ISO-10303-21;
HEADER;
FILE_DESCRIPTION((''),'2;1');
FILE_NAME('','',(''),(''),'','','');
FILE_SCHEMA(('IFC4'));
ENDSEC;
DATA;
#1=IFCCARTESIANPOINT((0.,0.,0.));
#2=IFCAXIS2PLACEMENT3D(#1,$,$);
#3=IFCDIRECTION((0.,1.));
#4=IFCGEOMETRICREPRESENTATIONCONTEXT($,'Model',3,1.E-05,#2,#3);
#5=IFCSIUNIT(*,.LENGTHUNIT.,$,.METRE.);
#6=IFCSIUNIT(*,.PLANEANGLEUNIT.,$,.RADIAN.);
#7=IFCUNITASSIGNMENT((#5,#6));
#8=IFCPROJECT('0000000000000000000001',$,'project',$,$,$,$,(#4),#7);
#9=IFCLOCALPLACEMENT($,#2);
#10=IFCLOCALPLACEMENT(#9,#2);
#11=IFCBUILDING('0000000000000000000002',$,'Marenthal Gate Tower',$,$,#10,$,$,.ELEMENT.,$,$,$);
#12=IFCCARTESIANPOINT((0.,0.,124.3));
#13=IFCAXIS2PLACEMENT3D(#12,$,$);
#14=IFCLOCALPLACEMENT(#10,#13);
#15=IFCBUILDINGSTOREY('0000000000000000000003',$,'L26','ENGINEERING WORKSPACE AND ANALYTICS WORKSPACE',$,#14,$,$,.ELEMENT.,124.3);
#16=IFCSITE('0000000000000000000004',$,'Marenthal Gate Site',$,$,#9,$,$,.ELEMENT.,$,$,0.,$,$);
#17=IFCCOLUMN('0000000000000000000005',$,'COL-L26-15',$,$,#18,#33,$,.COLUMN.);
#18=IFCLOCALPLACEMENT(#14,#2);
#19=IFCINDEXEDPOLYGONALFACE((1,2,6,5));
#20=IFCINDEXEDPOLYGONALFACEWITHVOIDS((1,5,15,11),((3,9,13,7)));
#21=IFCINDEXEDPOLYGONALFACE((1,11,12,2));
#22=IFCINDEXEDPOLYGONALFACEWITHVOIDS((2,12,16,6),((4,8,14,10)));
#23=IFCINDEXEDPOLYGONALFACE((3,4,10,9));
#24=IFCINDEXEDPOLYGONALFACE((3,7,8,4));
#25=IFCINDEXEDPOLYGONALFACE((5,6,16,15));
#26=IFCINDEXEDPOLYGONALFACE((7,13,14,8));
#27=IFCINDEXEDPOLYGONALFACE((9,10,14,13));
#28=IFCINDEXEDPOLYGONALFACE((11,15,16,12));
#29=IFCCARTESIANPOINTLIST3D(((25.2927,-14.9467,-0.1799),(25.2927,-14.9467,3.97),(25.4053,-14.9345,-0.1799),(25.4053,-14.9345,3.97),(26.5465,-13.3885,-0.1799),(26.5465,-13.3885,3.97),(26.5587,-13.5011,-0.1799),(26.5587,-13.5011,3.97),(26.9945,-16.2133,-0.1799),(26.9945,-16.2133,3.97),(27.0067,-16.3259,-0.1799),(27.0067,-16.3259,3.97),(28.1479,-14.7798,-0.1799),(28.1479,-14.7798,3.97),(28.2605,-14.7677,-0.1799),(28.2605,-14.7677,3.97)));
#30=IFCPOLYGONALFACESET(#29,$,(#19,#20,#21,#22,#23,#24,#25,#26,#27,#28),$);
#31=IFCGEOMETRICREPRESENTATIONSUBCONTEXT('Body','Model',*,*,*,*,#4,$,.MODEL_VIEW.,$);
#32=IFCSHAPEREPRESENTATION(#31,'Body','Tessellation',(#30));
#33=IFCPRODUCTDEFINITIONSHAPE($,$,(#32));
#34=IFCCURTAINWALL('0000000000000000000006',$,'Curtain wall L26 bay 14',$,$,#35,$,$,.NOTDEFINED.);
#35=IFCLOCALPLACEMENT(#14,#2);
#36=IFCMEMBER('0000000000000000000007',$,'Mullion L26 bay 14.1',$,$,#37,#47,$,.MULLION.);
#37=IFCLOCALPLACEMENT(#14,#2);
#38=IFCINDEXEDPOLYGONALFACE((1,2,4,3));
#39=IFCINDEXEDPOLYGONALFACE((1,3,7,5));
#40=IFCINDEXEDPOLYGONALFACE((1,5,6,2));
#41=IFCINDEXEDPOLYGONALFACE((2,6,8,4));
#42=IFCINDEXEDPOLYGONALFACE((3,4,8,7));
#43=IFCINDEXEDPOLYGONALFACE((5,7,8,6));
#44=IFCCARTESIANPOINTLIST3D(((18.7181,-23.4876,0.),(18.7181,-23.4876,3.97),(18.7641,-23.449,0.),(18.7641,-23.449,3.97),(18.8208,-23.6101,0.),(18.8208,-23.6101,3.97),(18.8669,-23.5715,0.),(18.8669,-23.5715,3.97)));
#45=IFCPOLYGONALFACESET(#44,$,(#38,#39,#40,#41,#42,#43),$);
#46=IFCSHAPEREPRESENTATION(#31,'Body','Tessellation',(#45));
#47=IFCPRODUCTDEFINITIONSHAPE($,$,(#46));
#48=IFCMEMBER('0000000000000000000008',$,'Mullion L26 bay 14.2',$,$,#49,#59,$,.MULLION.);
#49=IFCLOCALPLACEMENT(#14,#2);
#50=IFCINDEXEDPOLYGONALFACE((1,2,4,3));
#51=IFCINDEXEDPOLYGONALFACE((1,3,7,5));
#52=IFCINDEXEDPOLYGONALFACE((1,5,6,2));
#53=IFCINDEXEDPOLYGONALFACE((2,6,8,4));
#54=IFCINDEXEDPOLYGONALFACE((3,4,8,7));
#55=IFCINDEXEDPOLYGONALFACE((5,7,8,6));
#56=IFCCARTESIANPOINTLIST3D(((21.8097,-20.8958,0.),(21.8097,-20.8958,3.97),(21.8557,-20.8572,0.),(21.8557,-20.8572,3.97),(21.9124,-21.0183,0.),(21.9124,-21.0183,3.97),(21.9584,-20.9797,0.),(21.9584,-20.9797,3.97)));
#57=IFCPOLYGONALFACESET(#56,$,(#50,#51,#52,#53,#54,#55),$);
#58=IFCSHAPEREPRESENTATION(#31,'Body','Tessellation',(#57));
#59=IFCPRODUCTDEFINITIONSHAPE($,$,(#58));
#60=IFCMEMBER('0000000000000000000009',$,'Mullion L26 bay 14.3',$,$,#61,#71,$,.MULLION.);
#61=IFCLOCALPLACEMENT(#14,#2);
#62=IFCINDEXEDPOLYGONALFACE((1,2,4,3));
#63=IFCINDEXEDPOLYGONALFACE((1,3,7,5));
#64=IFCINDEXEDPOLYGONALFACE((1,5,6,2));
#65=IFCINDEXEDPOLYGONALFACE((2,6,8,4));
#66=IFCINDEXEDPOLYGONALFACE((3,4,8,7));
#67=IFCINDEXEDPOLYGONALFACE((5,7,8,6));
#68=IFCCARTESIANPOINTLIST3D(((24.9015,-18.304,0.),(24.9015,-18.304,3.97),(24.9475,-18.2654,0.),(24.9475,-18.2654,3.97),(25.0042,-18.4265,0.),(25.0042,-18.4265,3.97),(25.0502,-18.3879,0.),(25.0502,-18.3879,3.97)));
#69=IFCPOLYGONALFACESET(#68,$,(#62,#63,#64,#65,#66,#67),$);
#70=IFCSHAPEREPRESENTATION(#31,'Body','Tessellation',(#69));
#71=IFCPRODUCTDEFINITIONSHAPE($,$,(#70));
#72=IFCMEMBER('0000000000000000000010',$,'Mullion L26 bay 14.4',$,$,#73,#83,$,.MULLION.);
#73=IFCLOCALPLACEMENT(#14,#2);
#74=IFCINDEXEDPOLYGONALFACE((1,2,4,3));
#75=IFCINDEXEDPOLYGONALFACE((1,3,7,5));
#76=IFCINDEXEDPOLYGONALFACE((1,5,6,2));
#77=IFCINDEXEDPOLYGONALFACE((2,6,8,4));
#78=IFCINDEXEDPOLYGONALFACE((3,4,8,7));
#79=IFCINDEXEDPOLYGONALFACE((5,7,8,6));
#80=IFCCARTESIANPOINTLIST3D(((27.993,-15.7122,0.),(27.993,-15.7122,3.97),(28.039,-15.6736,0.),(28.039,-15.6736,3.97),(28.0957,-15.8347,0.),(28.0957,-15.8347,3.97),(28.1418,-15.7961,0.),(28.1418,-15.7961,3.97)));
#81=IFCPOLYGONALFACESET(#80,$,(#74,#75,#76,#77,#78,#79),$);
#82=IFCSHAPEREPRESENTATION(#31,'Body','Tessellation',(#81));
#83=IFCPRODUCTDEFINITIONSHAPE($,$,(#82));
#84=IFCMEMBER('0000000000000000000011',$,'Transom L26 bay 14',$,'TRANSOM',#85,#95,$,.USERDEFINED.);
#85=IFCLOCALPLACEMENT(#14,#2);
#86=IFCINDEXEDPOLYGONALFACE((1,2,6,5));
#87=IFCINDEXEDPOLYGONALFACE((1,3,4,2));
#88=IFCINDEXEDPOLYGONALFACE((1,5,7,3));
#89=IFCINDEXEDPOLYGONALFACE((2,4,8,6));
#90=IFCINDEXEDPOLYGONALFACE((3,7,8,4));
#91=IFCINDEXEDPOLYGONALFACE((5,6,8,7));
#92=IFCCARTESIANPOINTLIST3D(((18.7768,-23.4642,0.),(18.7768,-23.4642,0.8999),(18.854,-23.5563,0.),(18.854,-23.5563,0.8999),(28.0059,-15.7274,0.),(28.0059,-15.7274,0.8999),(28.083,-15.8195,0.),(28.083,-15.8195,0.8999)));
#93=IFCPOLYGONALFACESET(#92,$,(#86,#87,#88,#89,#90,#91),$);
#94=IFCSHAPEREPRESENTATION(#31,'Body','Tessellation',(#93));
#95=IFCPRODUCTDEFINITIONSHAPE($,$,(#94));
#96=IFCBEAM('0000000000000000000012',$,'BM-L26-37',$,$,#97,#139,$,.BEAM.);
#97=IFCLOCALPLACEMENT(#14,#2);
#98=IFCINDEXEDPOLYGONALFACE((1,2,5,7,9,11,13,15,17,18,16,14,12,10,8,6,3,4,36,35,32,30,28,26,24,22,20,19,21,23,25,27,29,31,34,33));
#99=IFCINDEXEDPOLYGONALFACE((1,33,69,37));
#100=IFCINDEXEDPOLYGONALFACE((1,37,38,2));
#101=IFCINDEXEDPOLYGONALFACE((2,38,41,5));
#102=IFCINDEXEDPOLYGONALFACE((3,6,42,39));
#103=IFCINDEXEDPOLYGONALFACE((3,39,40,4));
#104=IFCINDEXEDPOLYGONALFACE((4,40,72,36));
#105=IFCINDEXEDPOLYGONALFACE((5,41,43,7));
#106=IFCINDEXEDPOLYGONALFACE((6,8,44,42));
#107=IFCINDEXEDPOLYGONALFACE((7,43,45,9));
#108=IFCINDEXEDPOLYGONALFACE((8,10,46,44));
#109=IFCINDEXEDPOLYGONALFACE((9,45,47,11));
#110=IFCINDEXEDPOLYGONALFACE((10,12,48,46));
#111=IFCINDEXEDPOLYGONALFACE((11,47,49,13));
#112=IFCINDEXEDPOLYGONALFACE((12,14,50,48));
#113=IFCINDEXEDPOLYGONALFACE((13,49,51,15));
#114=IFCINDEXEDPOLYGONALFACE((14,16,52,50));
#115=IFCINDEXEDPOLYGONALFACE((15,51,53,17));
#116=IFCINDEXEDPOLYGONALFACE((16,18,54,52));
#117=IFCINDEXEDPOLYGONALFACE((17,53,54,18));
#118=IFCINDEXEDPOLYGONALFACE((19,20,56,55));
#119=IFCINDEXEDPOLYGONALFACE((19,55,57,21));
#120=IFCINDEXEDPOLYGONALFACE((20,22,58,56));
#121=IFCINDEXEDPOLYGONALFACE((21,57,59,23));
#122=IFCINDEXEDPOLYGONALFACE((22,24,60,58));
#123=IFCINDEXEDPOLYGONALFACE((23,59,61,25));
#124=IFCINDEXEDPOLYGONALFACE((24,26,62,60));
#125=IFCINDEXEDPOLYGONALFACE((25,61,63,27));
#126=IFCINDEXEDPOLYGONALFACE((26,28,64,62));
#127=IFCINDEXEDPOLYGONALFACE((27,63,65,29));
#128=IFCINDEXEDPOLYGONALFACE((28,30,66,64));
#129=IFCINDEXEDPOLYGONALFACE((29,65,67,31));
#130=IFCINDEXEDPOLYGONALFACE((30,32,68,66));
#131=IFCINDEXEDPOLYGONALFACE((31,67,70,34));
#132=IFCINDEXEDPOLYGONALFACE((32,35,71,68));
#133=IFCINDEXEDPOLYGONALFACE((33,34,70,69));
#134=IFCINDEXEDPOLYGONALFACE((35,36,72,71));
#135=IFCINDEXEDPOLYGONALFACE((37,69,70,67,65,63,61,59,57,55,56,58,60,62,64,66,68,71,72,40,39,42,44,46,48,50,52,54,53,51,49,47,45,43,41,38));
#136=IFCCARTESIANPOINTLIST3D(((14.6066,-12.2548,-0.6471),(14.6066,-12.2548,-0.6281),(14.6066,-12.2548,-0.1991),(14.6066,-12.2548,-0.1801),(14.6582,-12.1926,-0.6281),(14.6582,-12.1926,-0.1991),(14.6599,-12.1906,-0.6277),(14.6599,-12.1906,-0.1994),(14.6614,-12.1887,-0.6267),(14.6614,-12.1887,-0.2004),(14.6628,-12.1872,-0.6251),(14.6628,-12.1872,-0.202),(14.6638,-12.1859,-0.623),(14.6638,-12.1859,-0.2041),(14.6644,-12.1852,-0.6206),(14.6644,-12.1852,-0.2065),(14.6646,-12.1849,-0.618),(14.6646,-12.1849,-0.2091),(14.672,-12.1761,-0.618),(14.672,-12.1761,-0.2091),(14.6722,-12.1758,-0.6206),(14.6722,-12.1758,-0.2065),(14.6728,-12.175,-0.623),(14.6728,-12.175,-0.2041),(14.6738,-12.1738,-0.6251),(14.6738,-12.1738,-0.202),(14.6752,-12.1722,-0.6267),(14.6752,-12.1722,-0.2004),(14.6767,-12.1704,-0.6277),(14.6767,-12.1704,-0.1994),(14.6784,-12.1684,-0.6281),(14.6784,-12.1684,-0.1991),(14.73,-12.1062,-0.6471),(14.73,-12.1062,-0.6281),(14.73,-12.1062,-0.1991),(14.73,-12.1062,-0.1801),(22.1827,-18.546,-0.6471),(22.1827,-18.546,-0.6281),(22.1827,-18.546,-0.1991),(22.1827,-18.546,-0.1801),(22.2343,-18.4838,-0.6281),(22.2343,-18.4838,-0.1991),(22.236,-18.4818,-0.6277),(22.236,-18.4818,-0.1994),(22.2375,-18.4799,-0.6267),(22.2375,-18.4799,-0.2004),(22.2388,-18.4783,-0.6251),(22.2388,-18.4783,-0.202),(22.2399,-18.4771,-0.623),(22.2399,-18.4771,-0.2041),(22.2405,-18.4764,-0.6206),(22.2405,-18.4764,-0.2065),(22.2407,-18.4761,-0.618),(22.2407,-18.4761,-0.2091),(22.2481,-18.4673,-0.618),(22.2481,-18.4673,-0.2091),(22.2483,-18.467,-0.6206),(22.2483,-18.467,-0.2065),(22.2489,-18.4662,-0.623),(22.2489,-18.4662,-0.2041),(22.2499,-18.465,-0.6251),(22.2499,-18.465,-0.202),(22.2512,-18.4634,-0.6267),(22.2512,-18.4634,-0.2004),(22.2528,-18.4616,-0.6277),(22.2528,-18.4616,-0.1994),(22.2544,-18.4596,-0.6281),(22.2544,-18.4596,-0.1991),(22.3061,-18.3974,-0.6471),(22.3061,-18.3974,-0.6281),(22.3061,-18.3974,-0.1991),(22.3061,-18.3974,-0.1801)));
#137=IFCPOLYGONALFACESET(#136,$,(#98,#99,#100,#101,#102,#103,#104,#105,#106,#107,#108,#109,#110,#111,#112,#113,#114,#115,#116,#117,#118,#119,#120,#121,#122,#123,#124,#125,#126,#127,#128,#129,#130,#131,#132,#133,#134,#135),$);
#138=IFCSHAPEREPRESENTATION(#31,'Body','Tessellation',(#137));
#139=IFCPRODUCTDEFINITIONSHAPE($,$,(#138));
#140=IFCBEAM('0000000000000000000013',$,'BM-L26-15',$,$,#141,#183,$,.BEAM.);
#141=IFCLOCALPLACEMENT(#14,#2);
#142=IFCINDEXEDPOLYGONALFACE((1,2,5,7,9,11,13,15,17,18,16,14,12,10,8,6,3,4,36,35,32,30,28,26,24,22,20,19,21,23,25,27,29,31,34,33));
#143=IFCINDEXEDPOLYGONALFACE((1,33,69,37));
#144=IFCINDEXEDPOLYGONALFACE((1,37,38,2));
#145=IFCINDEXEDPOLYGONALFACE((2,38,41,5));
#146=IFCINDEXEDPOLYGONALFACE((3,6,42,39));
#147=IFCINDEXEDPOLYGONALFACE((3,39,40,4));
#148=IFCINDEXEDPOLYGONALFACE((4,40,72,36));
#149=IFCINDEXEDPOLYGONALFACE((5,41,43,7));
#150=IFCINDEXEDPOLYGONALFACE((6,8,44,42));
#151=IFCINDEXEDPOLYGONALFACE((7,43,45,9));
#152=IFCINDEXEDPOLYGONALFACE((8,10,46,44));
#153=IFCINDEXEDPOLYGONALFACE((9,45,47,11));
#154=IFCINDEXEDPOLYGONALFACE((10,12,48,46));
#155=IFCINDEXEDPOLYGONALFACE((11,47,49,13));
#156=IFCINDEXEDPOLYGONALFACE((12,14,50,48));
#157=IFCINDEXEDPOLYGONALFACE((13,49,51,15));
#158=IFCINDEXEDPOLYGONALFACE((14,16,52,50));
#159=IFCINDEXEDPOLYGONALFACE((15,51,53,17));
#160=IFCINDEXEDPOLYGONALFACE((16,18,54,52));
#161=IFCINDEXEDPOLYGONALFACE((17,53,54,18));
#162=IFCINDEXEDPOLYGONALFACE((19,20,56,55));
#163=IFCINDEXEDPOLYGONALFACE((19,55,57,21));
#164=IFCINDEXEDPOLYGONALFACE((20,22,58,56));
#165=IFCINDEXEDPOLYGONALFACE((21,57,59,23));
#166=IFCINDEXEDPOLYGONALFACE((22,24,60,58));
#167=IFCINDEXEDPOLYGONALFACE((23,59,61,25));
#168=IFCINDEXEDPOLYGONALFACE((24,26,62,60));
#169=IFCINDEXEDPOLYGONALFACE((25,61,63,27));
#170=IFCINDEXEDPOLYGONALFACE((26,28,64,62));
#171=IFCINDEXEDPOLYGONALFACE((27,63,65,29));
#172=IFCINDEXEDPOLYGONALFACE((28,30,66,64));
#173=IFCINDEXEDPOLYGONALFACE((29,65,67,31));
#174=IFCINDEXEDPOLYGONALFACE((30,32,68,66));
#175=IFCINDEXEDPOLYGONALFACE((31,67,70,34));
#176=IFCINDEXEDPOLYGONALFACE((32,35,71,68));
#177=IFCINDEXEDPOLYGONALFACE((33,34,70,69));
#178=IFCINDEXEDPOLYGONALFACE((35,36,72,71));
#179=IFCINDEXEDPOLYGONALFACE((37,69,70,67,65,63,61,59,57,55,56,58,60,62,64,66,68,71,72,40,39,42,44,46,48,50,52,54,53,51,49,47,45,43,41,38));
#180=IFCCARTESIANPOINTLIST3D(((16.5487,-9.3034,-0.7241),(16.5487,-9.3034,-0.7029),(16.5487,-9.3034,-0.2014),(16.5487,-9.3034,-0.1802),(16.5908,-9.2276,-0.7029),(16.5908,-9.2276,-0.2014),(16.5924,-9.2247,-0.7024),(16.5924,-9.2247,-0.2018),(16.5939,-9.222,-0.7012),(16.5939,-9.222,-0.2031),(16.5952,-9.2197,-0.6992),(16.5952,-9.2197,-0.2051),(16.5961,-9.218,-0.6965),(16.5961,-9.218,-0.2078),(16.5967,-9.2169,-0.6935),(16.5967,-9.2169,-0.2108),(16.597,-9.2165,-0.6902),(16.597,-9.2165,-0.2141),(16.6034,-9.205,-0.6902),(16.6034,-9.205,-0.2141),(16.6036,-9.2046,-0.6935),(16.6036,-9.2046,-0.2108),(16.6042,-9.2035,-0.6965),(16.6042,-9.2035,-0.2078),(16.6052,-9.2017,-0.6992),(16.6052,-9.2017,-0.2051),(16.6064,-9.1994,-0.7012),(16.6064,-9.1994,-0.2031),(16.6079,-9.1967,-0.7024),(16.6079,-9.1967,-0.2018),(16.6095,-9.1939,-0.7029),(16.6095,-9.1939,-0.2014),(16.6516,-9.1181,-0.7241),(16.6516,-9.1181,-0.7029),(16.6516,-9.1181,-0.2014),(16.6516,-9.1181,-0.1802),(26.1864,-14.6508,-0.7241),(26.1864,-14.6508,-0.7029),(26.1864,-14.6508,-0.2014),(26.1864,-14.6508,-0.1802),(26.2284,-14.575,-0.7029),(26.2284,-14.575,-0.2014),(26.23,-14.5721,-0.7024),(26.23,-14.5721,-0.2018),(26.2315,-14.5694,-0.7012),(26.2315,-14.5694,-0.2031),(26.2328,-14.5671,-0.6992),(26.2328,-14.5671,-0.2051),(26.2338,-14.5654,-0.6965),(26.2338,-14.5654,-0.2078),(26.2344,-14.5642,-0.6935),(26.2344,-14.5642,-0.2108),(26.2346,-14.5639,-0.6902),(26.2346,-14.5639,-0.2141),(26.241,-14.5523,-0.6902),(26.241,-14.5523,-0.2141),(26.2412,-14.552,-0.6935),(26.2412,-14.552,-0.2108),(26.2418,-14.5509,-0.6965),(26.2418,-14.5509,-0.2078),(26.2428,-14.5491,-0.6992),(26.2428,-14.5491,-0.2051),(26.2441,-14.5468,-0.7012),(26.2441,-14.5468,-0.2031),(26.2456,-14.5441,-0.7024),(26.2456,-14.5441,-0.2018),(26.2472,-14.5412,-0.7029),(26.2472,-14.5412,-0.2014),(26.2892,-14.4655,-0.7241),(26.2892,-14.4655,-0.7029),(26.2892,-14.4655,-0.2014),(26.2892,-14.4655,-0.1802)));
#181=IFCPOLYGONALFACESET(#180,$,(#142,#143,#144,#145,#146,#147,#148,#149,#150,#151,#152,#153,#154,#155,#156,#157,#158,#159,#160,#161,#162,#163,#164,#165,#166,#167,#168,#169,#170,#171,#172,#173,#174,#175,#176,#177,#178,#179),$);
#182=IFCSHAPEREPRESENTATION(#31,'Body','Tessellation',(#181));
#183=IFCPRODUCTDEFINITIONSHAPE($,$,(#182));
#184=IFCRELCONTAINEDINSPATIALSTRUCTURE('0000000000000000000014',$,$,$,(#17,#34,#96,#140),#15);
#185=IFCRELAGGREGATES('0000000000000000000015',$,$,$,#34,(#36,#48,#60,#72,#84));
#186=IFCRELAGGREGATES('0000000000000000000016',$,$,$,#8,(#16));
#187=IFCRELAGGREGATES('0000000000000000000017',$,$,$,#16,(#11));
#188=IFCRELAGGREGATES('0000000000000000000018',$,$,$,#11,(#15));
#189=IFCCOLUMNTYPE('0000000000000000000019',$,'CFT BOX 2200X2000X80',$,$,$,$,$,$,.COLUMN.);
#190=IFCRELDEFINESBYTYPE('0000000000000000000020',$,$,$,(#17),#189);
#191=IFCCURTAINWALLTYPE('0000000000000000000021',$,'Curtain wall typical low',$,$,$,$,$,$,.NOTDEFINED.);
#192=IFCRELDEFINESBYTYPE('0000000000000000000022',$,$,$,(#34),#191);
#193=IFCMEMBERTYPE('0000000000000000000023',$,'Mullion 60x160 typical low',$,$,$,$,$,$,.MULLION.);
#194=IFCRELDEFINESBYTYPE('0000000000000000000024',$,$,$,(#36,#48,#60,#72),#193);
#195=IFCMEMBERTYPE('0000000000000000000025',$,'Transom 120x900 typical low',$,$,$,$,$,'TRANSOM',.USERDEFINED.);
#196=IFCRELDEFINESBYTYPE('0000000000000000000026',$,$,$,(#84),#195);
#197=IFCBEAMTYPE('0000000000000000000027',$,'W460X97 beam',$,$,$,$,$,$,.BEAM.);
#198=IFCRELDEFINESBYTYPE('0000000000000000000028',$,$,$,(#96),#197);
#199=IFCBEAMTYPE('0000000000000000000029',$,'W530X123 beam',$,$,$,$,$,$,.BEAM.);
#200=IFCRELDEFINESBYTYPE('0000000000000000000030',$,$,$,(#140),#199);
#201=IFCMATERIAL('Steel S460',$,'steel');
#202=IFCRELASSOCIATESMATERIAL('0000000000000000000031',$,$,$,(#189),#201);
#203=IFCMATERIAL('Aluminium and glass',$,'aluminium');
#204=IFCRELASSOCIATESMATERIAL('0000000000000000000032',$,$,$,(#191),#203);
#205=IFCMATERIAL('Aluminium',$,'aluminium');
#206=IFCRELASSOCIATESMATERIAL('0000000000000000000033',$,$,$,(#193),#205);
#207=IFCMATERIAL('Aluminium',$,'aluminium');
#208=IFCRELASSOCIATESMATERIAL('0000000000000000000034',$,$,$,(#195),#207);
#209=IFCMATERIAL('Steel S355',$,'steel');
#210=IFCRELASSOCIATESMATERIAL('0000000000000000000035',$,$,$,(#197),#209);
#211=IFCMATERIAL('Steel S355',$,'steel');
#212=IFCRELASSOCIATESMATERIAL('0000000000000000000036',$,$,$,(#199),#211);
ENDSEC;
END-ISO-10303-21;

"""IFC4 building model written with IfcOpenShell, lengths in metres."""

from ifc_helpers import new_model, si_unit, direction, frame, origin, origin_2d, place, context, subcontext, project, spatial, rectangle, hollow_rectangle, i_section, extrude, material, material_profile, profile_set, type_object, element, aggregate, save


model = new_model("IFC4")

# Units and contexts
model_context = context("Model", 3, precision=1e-05, world=origin(), true_north=direction((0.0, 1.0)))
body_context = subcontext(model_context, "Body", "Model", "MODEL_VIEW")
ifc_project = project(units=[si_unit("LENGTHUNIT", "METRE"), si_unit("PLANEANGLEUNIT", "RADIAN")], contexts=[model_context])

# Site, building, storey
site_placement = place(None, origin())
site = spatial("IfcSite", under=ifc_project, at=site_placement, Name="Marenthal Gate Site", CompositionType="ELEMENT", RefElevation=0.0)
building_placement = place(site_placement, origin())
building = spatial("IfcBuilding", under=site, at=building_placement, Name="Marenthal Gate Tower", CompositionType="ELEMENT")
storey_placement = place(building_placement, frame((0.0, 0.0, 124.3)))
storey = spatial("IfcBuildingStorey", under=building, at=storey_placement, Name="L26", Description="ENGINEERING WORKSPACE AND ANALYTICS WORKSPACE", CompositionType="ELEMENT", Elevation=124.3)

# Column
ifc_material_1 = material(Name="Steel S460", Category="steel")
ifc_material_profile_1 = material_profile(ifc_material_1, hollow_rectangle(XDim=2.0, YDim=2.2, WallThickness=0.0801, at=origin_2d()), Name="CFT BOX 2200X2000X80")
ifc_material_2 = material(Name="Concrete 70 MPa", Category="concrete")
ifc_material_profile_2 = material_profile(ifc_material_2, rectangle(XDim=1.8401, YDim=2.04, at=origin_2d()), Name="CFT BOX 2200X2000X80 INFILL")
ifc_profile_set_1 = profile_set([ifc_material_profile_1, ifc_material_profile_2], Name="Steel S460 shell, Concrete 70 MPa infill")
column_type = type_object("IfcColumnType", Name="CFT BOX 2200X2000X80", PredefinedType="COLUMN", material=ifc_profile_set_1)
column_placement = place(storey_placement, frame((26.7766, -14.8572, -0.1799), z_axis=(0.0, 0.0, 1.0), x_axis=(-0.626903, -0.779097, 0.0)))
element("IfcColumn", 1, at=column_placement, inside=storey, type_object=column_type, Name="COL-L26-15", PredefinedType="COLUMN", context=body_context, shape_type="SweptSolid", body=[
    extrude(hollow_rectangle(XDim=2.0, YDim=2.2, WallThickness=0.0801, at=origin_2d()), origin(), (0.0, 0.0, 1.0), 4.1499),
])

# Curtain wall, members
ifc_material_3 = material(Name="Aluminium and glass", Category="aluminium")
curtain_wall_type = type_object("IfcCurtainWallType", Name="Curtain wall typical low", PredefinedType="NOTDEFINED", material=ifc_material_3)
curtain_wall_placement = place(storey_placement, origin())
curtain_wall = element("IfcCurtainWall", 2, at=curtain_wall_placement, inside=storey, type_object=curtain_wall_type, Name="Curtain wall L26 bay 14", PredefinedType="NOTDEFINED")
ifc_material_4 = material(Name="Aluminium", Category="aluminium")
ifc_material_profile_3 = material_profile(ifc_material_4, rectangle(XDim=0.1599, YDim=0.0601, at=origin_2d()), Name="60x160 aluminium mullion")
ifc_profile_set_2 = profile_set([ifc_material_profile_3], Name="Aluminium")
member_type_1 = type_object("IfcMemberType", Name="Mullion 60x160 typical low", PredefinedType="MULLION", material=ifc_profile_set_2)
member_1_placement = place(storey_placement, frame((18.7925, -23.5295, 0.0), z_axis=(0.0, 0.0, 1.0), x_axis=(-0.642438, 0.766338, 0.0)))
member_1 = element("IfcMember", 3, at=member_1_placement, type_object=member_type_1, Name="Mullion L26 bay 14.1", PredefinedType="MULLION", context=body_context, shape_type="SweptSolid", body=[
    extrude(rectangle(XDim=0.1599, YDim=0.0601, at=origin_2d()), origin(), (0.0, 0.0, 1.0), 3.97),
])
member_2_placement = place(storey_placement, frame((21.884, -20.9377, 0.0), z_axis=(0.0, 0.0, 1.0), x_axis=(-0.642438, 0.766338, 0.0)))
member_2 = element("IfcMember", 4, at=member_2_placement, type_object=member_type_1, Name="Mullion L26 bay 14.2", PredefinedType="MULLION", context=body_context, shape_type="SweptSolid", body=[
    extrude(rectangle(XDim=0.1599, YDim=0.0601, at=origin_2d()), origin(), (0.0, 0.0, 1.0), 3.97),
])
member_3_placement = place(storey_placement, frame((24.9758, -18.3459, 0.0), z_axis=(0.0, 0.0, 1.0), x_axis=(-0.642438, 0.766338, 0.0)))
member_3 = element("IfcMember", 5, at=member_3_placement, type_object=member_type_1, Name="Mullion L26 bay 14.3", PredefinedType="MULLION", context=body_context, shape_type="SweptSolid", body=[
    extrude(rectangle(XDim=0.1599, YDim=0.0601, at=origin_2d()), origin(), (0.0, 0.0, 1.0), 3.97),
])
member_4_placement = place(storey_placement, frame((28.0674, -15.7542, 0.0), z_axis=(0.0, 0.0, 1.0), x_axis=(-0.642438, 0.766338, 0.0)))
member_4 = element("IfcMember", 6, at=member_4_placement, type_object=member_type_1, Name="Mullion L26 bay 14.4", PredefinedType="MULLION", context=body_context, shape_type="SweptSolid", body=[
    extrude(rectangle(XDim=0.1599, YDim=0.0601, at=origin_2d()), origin(), (0.0, 0.0, 1.0), 3.97),
])
ifc_material_5 = material(Name="Aluminium", Category="aluminium")
ifc_material_profile_4 = material_profile(ifc_material_5, rectangle(XDim=0.1201, YDim=0.8999, at=origin_2d()), Name="120x900 aluminium transom")
ifc_profile_set_3 = profile_set([ifc_material_profile_4], Name="Aluminium")
member_type_2 = type_object("IfcMemberType", Name="Transom 120x900 typical low", ElementType="TRANSOM", PredefinedType="USERDEFINED", material=ifc_profile_set_3)
member_5_placement = place(storey_placement, frame((18.8154, -23.5103, 0.45), z_axis=(0.76634, 0.642435, 0.0), x_axis=(-0.642435, 0.76634, 0.0)))
member_5 = element("IfcMember", 7, at=member_5_placement, type_object=member_type_2, Name="Transom L26 bay 14", ObjectType="TRANSOM", PredefinedType="USERDEFINED", context=body_context, shape_type="SweptSolid", body=[
    extrude(rectangle(XDim=0.1201, YDim=0.8999, at=origin_2d()), origin(), (0.0, 0.0, 1.0), 12.043),
])

# Beams
ifc_material_6 = material(Name="Steel S355", Category="steel")
ifc_material_profile_5 = material_profile(ifc_material_6, i_section(OverallWidth=0.1931, OverallDepth=0.467, WebThickness=0.0115, FlangeThickness=0.019, FilletRadius=0.01, at=origin_2d()), Name="W460X97")
ifc_profile_set_4 = profile_set([ifc_material_profile_5], Name="Steel S355")
beam_type_1 = type_object("IfcBeamType", Name="W460X97 beam", PredefinedType="BEAM", material=ifc_profile_set_4)
beam_1_placement = place(storey_placement, frame((22.2444, -18.4717, -0.4136), z_axis=(-0.76933, 0.638852, 0.0), x_axis=(-0.638852, -0.76933, 0.0)))
element("IfcBeam", 8, at=beam_1_placement, inside=storey, type_object=beam_type_1, Name="BM-L26-37", PredefinedType="BEAM", context=body_context, shape_type="SweptSolid", body=[
    extrude(i_section(OverallWidth=0.1931, OverallDepth=0.467, WebThickness=0.0115, FlangeThickness=0.019, FilletRadius=0.01, at=origin_2d()), origin(), (0.0, 0.0, 1.0), 9.8477),
])
ifc_material_7 = material(Name="Steel S355", Category="steel")
ifc_material_profile_6 = material_profile(ifc_material_7, i_section(OverallWidth=0.2119, OverallDepth=0.5439, WebThickness=0.0132, FlangeThickness=0.0212, FilletRadius=0.0127, at=origin_2d()), Name="W530X123")
ifc_profile_set_5 = profile_set([ifc_material_profile_6], Name="Steel S355")
beam_type_2 = type_object("IfcBeamType", Name="W530X123 beam", PredefinedType="BEAM", material=ifc_profile_set_5)
beam_2_placement = place(storey_placement, frame((26.2378, -14.5581, -0.4521), z_axis=(-0.874421, 0.485167, 0.0), x_axis=(-0.485167, -0.874421, 0.0)))
element("IfcBeam", 9, at=beam_2_placement, inside=storey, type_object=beam_type_2, Name="BM-L26-15", PredefinedType="BEAM", context=body_context, shape_type="SweptSolid", body=[
    extrude(i_section(OverallWidth=0.2119, OverallDepth=0.5439, WebThickness=0.0132, FlangeThickness=0.0212, FilletRadius=0.0127, at=origin_2d()), origin(), (0.0, 0.0, 1.0), 11.0217),
])

aggregate(curtain_wall, [member_1, member_2, member_3, member_4, member_5])

save(model, "model.ifc")
